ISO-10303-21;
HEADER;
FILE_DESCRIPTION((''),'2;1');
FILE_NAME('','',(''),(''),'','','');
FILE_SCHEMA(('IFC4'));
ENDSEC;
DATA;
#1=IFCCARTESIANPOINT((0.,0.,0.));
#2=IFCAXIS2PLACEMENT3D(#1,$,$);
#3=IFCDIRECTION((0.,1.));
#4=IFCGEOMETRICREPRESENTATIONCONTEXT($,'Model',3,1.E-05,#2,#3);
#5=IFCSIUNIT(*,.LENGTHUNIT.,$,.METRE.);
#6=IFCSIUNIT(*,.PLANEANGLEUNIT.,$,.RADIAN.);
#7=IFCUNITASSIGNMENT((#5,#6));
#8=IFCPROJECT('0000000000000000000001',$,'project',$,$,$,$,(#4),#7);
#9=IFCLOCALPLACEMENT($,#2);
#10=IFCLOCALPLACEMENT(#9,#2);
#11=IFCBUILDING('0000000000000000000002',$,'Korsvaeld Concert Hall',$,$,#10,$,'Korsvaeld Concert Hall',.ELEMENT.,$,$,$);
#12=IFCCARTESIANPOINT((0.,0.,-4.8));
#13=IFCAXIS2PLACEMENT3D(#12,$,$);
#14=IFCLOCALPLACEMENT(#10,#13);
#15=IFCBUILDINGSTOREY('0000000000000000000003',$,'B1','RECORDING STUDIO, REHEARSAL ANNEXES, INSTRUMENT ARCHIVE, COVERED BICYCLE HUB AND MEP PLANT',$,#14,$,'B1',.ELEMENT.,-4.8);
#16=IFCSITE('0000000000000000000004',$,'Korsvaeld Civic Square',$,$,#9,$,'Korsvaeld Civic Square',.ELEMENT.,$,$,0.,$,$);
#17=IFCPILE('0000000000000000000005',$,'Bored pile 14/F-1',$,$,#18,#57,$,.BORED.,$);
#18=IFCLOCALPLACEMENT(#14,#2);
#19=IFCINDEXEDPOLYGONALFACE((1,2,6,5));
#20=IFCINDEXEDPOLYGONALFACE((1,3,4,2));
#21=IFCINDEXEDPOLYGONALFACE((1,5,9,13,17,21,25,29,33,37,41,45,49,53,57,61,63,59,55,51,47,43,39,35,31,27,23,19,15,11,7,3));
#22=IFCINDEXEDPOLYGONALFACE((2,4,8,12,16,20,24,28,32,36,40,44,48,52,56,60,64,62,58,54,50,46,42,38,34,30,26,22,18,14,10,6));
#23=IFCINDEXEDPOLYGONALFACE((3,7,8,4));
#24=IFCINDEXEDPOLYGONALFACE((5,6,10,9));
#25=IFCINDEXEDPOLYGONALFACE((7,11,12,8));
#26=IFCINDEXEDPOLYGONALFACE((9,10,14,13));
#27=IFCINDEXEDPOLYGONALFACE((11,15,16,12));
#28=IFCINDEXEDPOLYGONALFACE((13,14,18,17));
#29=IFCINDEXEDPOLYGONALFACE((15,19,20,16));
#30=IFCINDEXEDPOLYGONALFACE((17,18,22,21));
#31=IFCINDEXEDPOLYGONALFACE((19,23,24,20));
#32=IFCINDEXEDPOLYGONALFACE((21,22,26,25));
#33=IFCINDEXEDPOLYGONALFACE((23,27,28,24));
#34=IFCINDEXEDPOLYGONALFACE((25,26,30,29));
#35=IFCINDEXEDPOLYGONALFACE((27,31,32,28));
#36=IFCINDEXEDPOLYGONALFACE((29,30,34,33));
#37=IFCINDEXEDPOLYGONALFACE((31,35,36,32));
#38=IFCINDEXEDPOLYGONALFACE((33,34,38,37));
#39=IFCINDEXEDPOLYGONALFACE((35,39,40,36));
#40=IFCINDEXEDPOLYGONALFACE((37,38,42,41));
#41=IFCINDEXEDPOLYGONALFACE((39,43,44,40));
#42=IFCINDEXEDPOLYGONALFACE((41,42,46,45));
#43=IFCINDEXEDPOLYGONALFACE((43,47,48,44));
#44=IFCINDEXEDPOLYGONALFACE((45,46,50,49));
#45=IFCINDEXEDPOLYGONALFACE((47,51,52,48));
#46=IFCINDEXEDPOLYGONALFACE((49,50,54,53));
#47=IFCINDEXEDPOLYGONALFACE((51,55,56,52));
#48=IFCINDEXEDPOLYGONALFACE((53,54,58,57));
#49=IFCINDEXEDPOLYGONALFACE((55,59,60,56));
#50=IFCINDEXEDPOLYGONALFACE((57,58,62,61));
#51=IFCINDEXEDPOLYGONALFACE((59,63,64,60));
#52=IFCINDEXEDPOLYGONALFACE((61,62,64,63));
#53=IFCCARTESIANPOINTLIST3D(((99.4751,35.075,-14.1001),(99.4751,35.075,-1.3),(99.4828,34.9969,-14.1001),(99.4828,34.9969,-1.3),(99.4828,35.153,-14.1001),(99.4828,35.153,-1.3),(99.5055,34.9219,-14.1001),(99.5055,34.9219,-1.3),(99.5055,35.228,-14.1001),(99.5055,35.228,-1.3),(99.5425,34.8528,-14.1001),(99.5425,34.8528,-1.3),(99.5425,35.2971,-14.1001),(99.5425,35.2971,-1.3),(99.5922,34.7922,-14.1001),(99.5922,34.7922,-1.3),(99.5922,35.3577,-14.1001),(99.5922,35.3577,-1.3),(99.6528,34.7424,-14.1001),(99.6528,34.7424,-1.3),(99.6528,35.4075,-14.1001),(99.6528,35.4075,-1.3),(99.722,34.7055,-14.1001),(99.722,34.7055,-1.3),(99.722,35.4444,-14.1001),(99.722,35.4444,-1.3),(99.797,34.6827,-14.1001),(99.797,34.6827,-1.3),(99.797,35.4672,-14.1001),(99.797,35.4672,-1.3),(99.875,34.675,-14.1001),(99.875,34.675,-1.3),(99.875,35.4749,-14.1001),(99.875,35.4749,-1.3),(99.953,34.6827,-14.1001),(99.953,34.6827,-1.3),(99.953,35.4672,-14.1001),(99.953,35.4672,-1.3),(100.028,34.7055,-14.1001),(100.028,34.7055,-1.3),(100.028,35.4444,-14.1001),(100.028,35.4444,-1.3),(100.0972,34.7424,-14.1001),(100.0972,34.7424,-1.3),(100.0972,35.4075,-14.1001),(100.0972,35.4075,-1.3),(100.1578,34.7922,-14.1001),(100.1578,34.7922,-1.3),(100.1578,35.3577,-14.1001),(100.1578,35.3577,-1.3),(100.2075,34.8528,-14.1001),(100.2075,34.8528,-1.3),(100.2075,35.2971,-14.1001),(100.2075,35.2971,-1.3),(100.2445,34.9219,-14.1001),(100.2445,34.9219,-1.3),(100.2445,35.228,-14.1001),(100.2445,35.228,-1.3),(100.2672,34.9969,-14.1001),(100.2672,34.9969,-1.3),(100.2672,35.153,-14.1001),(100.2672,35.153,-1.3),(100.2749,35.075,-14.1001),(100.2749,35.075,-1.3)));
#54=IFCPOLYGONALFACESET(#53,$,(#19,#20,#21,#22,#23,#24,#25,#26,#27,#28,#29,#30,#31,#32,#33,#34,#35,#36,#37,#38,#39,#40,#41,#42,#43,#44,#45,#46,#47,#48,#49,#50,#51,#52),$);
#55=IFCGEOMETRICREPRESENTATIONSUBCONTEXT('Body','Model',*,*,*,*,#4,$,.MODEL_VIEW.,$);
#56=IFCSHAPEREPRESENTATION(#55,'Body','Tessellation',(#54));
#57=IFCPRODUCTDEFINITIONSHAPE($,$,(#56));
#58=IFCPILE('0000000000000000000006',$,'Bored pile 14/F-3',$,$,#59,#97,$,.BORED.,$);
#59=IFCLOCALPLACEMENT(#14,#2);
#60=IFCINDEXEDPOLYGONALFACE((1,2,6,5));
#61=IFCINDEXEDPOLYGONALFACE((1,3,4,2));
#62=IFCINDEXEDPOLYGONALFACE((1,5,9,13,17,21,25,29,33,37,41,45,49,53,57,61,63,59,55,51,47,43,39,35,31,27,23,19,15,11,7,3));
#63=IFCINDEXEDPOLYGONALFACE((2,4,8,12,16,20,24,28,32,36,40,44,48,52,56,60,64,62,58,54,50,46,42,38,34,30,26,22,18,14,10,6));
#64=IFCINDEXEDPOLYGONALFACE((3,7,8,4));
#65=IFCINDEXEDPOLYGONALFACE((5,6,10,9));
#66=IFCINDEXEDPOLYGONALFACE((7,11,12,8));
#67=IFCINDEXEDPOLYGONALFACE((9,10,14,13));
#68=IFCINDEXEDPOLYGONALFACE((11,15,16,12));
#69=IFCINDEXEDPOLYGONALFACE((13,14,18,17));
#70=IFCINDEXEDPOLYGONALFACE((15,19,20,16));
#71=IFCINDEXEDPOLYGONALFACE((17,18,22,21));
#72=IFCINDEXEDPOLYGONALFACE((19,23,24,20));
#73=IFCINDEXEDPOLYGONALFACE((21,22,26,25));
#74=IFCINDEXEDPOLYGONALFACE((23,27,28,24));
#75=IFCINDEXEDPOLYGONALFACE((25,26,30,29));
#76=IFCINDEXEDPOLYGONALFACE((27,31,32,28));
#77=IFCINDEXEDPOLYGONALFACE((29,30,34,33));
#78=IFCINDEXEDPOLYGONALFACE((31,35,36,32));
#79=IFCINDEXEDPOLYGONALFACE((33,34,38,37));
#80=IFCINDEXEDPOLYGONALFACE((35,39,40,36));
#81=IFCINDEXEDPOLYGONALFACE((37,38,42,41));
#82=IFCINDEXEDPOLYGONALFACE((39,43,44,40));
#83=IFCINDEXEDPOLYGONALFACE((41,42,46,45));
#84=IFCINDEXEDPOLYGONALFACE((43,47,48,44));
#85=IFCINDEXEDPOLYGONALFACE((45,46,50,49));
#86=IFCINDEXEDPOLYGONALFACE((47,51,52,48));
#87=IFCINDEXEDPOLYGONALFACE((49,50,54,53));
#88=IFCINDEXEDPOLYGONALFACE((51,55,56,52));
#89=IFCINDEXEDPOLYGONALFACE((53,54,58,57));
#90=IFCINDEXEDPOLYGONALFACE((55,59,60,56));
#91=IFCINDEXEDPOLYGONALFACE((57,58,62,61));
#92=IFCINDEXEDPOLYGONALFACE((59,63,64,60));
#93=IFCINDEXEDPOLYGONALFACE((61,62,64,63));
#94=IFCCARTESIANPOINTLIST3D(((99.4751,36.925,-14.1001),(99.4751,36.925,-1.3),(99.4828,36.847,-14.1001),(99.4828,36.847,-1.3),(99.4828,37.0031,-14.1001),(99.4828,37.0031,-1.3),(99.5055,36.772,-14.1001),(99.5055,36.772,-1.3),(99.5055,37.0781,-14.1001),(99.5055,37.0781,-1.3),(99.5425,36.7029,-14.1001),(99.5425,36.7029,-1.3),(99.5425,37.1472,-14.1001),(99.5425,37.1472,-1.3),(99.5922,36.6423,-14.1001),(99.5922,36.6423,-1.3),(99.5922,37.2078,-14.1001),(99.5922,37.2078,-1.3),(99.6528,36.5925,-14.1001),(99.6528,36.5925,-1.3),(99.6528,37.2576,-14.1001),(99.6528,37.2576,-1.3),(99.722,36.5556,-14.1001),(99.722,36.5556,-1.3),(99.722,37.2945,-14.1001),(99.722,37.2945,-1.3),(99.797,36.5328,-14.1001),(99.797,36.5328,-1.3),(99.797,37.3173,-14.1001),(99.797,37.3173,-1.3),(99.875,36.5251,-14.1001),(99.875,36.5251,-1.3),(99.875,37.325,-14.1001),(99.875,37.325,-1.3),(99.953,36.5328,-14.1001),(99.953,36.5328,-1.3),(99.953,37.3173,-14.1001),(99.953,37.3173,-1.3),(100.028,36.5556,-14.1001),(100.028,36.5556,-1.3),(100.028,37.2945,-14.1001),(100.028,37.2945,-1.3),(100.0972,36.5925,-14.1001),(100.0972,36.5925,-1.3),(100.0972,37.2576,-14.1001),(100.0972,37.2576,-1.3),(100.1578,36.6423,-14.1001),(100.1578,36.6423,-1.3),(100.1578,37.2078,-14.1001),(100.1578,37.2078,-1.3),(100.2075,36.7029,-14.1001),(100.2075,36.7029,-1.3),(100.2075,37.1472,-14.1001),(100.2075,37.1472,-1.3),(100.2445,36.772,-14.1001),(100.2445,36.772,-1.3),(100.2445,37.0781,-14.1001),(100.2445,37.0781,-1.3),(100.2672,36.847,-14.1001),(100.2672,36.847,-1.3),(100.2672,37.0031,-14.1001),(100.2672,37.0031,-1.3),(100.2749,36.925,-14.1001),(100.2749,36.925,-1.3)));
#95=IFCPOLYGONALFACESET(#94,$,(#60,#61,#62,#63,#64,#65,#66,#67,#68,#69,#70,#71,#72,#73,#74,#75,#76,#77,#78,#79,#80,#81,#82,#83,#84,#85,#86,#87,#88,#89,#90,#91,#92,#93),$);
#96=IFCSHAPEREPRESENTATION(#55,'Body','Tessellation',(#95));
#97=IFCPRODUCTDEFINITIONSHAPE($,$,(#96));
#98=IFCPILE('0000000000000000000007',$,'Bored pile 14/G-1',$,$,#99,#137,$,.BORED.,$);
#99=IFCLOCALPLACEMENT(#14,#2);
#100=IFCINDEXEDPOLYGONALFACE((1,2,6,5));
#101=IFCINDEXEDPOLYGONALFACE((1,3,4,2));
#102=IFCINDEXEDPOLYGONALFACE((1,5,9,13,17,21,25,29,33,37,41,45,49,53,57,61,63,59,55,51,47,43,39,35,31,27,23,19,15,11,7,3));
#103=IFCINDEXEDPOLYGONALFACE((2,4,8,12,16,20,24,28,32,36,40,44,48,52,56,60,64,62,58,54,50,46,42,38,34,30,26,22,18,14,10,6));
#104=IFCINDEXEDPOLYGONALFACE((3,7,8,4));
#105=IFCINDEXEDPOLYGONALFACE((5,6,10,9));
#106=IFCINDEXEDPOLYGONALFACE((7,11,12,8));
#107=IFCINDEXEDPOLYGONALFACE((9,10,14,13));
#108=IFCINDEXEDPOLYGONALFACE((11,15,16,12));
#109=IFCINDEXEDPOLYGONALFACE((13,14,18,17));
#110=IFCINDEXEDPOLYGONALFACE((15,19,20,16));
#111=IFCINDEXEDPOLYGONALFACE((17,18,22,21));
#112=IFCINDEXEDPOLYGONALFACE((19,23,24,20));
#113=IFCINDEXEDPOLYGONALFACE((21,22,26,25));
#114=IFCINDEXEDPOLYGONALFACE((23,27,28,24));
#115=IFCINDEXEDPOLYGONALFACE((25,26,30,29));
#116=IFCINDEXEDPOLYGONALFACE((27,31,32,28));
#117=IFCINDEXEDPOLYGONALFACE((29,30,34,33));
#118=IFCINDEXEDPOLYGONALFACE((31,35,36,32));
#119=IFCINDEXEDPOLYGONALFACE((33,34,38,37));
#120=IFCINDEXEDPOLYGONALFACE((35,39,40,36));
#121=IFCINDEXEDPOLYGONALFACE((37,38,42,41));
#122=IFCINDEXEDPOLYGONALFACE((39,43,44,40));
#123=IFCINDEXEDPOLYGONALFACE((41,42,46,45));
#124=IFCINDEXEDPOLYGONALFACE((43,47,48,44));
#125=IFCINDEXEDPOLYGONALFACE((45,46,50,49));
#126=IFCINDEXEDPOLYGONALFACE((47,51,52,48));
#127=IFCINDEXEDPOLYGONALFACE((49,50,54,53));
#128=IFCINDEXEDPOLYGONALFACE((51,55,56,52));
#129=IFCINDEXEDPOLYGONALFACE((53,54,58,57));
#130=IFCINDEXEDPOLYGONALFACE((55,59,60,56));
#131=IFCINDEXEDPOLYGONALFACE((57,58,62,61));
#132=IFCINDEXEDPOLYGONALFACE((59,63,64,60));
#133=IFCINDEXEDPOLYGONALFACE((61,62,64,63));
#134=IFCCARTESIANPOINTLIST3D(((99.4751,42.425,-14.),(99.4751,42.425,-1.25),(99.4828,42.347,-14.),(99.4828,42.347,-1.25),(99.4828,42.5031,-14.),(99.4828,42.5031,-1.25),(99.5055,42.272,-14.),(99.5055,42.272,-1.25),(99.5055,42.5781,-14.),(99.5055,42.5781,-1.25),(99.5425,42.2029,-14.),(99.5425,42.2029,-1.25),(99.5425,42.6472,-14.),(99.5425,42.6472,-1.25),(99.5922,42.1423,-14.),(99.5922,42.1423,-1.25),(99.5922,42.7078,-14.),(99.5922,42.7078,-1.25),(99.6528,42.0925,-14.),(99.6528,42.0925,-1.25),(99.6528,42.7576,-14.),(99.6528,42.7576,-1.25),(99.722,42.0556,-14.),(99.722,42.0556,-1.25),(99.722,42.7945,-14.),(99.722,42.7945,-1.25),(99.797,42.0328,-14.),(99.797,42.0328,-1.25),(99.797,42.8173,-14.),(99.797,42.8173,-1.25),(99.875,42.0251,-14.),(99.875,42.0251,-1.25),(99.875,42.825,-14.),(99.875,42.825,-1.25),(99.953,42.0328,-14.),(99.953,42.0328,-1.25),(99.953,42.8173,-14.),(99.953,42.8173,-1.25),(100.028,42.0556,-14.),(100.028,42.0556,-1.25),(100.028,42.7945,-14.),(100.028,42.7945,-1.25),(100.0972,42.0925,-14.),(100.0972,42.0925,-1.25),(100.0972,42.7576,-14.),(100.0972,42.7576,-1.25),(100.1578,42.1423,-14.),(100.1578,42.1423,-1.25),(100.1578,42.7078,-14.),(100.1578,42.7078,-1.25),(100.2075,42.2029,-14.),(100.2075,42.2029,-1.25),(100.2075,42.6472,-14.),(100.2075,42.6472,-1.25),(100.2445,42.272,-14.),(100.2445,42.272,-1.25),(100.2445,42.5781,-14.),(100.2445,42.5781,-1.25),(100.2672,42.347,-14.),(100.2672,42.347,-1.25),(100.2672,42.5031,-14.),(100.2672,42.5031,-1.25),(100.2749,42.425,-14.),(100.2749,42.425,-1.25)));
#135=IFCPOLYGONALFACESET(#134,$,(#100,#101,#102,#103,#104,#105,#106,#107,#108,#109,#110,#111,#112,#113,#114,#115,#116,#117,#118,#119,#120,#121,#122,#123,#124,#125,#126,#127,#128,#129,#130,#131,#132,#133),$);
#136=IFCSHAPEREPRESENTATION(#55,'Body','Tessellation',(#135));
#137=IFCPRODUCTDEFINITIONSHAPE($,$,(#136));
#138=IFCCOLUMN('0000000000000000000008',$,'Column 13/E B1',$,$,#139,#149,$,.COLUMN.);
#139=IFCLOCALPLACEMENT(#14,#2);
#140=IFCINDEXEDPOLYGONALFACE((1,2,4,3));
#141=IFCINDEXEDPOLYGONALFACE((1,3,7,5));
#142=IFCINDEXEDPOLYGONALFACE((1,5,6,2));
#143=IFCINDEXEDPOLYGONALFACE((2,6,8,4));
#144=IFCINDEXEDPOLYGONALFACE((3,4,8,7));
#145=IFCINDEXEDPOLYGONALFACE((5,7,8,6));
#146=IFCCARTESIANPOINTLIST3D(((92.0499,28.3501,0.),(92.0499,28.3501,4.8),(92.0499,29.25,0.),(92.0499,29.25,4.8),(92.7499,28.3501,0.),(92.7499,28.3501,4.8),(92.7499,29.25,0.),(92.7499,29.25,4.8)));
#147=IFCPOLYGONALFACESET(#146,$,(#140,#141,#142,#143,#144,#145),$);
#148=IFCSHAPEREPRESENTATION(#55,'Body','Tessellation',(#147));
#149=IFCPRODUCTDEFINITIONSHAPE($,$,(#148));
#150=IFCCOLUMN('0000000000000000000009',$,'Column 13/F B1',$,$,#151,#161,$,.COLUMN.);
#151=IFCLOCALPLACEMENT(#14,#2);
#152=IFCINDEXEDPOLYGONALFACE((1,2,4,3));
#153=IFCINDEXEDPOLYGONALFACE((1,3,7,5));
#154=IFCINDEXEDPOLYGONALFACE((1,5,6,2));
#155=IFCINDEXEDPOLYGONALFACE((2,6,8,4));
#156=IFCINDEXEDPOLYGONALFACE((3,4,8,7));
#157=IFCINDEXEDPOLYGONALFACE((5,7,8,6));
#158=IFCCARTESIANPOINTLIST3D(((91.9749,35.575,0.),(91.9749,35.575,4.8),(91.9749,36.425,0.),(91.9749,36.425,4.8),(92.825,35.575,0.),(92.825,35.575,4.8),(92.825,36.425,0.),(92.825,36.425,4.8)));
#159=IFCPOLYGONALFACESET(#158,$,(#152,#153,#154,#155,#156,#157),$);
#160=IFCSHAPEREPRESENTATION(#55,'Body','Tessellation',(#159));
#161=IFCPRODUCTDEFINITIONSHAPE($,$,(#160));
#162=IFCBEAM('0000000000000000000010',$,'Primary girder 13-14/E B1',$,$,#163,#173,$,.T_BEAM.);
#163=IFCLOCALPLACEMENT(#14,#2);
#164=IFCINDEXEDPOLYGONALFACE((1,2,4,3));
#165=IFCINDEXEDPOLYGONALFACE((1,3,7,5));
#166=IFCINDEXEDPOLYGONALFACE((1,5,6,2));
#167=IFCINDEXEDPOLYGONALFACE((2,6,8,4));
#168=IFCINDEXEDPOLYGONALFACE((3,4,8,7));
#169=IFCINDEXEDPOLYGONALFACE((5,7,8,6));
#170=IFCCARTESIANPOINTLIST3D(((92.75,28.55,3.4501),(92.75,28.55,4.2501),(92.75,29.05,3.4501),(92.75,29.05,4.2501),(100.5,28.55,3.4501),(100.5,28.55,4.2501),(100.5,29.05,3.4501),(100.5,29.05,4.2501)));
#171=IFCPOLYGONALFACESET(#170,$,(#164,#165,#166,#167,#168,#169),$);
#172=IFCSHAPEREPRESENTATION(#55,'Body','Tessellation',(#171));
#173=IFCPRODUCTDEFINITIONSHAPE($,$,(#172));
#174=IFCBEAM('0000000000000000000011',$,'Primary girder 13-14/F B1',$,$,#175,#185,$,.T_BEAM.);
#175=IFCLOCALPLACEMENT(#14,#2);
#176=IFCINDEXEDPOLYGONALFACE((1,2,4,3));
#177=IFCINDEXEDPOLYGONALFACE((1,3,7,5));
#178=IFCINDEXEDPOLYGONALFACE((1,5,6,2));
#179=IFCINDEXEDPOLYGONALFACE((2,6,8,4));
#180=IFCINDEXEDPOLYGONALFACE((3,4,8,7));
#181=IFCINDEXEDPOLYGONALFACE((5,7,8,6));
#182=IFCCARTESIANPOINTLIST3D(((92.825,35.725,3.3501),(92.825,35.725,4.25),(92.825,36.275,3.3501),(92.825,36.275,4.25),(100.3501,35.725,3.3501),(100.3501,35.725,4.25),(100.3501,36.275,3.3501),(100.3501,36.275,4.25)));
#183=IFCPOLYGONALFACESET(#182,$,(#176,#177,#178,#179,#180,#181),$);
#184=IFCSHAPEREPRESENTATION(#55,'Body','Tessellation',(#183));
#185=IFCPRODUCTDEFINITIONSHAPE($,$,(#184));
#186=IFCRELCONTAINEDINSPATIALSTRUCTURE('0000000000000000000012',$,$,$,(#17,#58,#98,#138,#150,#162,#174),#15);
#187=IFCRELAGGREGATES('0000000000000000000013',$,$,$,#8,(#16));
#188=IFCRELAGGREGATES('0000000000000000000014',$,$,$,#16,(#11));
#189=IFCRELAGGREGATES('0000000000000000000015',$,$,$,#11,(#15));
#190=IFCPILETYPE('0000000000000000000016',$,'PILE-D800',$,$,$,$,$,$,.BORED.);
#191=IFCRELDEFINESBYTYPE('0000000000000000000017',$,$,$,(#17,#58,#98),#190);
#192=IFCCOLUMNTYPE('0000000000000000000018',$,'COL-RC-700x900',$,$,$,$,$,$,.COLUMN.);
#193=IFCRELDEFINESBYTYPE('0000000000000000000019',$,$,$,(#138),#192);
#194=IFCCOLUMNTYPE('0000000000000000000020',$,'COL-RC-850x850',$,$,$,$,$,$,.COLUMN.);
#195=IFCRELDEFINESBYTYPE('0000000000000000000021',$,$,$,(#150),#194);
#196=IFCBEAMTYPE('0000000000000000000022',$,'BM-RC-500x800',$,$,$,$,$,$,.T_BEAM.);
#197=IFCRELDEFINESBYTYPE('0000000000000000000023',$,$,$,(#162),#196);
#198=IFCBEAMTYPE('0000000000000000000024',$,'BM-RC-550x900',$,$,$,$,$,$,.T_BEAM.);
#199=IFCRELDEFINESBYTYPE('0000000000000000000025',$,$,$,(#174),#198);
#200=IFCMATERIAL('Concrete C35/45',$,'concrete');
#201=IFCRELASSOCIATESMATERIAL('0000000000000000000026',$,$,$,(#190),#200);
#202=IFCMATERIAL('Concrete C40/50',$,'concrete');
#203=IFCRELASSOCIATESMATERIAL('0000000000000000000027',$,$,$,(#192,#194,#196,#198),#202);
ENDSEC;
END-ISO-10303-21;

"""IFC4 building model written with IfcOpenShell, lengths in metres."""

from ifc_helpers import new_model, si_unit, direction, frame, origin, origin_2d, place, context, subcontext, project, spatial, rectangle, circle, extrude, material, material_profile, profile_set, type_object, element, save


model = new_model("IFC4")

# Units and contexts
model_context = context("Model", 3, precision=1e-05, world=origin(), true_north=direction((0.0, 1.0)))
body_context = subcontext(model_context, "Body", "Model", "MODEL_VIEW")
ifc_project = project(units=[si_unit("LENGTHUNIT", "METRE"), si_unit("PLANEANGLEUNIT", "RADIAN")], contexts=[model_context])

# Site, building, storey
site_placement = place(None, origin())
site = spatial("IfcSite", under=ifc_project, at=site_placement, Name="Korsvaeld Civic Square", LongName="Korsvaeld Civic Square", CompositionType="ELEMENT", RefElevation=0.0)
building_placement = place(site_placement, origin())
building = spatial("IfcBuilding", under=site, at=building_placement, Name="Korsvaeld Concert Hall", LongName="Korsvaeld Concert Hall", CompositionType="ELEMENT")
storey_placement = place(building_placement, frame((0.0, 0.0, -4.8)))
storey = spatial("IfcBuildingStorey", under=building, at=storey_placement, Name="B1", Description="RECORDING STUDIO, REHEARSAL ANNEXES, INSTRUMENT ARCHIVE, COVERED BICYCLE HUB AND MEP PLANT", LongName="B1", CompositionType="ELEMENT", Elevation=-4.8)

# Shared definitions
ifc_material_1 = material(Name="Concrete C35/45", Category="concrete")

# Piles
ifc_material_profile_1 = material_profile(ifc_material_1, circle(Radius=0.3999, at=origin_2d()), Name="BORED PILE D800")
ifc_profile_set_1 = profile_set([ifc_material_profile_1], Name="Concrete C35/45")
pile_type_1 = type_object("IfcPileType", Name="PILE-D800", PredefinedType="BORED", material=ifc_profile_set_1)
for number, where, z_axis, x_axis, name in (
    (1, (99.875, 35.075, -1.3), (0.0, 0.0, -1.0), (1.0, 0.0, 0.0), "Bored pile 14/F-1"),
    (2, (99.875, 36.925, -1.3), (0.0, 0.0, -1.0), (1.0, 0.0, 0.0), "Bored pile 14/F-3"),
):
    element("IfcPile", number, at=place(storey_placement, frame(where, z_axis=z_axis, x_axis=x_axis)), inside=storey, type_object=pile_type_1, Name=name, PredefinedType="BORED", context=body_context, shape_type="SweptSolid", body=[
        extrude(circle(Radius=0.3999, at=origin_2d()), origin(), (0.0, 0.0, 1.0), 12.8),
    ])
pile_placement = place(storey_placement, frame((99.875, 42.425, -1.25), z_axis=(0.0, 0.0, -1.0), x_axis=(1.0, 0.0, 0.0)))
element("IfcPile", 3, at=pile_placement, inside=storey, type_object=pile_type_1, Name="Bored pile 14/G-1", PredefinedType="BORED", context=body_context, shape_type="SweptSolid", body=[
    extrude(circle(Radius=0.3999, at=origin_2d()), origin(), (0.0, 0.0, 1.0), 12.75),
])

# Columns
ifc_material_2 = material(Name="Concrete C40/50", Category="concrete")
ifc_material_profile_2 = material_profile(ifc_material_2, rectangle(XDim=0.7, YDim=0.8999, at=origin_2d()), Name="RC 700x900")
ifc_profile_set_2 = profile_set([ifc_material_profile_2], Name="Concrete C40/50")
column_type_1 = type_object("IfcColumnType", Name="COL-RC-700x900", PredefinedType="COLUMN", material=ifc_profile_set_2)
column_1_placement = place(storey_placement, frame((92.3999, 28.8, 0.0), z_axis=(0.0, 0.0, 1.0), x_axis=(1.0, 0.0, 0.0)))
element("IfcColumn", 4, at=column_1_placement, inside=storey, type_object=column_type_1, Name="Column 13/E B1", PredefinedType="COLUMN", context=body_context, shape_type="SweptSolid", body=[
    extrude(rectangle(XDim=0.7, YDim=0.8999, at=origin_2d()), origin(), (0.0, 0.0, 1.0), 4.8),
])
ifc_material_profile_3 = material_profile(ifc_material_2, rectangle(XDim=0.8501, YDim=0.8501, at=origin_2d()), Name="RC 850x850")
ifc_profile_set_3 = profile_set([ifc_material_profile_3], Name="Concrete C40/50")
column_type_2 = type_object("IfcColumnType", Name="COL-RC-850x850", PredefinedType="COLUMN", material=ifc_profile_set_3)
column_2_placement = place(storey_placement, frame((92.3999, 36.0, 0.0), z_axis=(0.0, 0.0, 1.0), x_axis=(1.0, 0.0, 0.0)))
element("IfcColumn", 5, at=column_2_placement, inside=storey, type_object=column_type_2, Name="Column 13/F B1", PredefinedType="COLUMN", context=body_context, shape_type="SweptSolid", body=[
    extrude(rectangle(XDim=0.8501, YDim=0.8501, at=origin_2d()), origin(), (0.0, 0.0, 1.0), 4.8),
])

# Beams
ifc_material_profile_4 = material_profile(ifc_material_2, rectangle(XDim=0.5, YDim=0.8, at=origin_2d()), Name="RC 500x800")
ifc_profile_set_4 = profile_set([ifc_material_profile_4], Name="Concrete C40/50")
beam_type_1 = type_object("IfcBeamType", Name="BM-RC-500x800", PredefinedType="T_BEAM", material=ifc_profile_set_4)
beam_1_placement = place(storey_placement, frame((92.75, 28.8, 3.8501), z_axis=(1.0, 0.0, 0.0), x_axis=(0.0, 1.0, 0.0)))
element("IfcBeam", 6, at=beam_1_placement, inside=storey, type_object=beam_type_1, Name="Primary girder 13-14/E B1", PredefinedType="T_BEAM", context=body_context, shape_type="SweptSolid", body=[
    extrude(rectangle(XDim=0.5, YDim=0.8, at=origin_2d()), origin(), (0.0, 0.0, 1.0), 7.75),
])
ifc_material_profile_5 = material_profile(ifc_material_2, rectangle(XDim=0.55, YDim=0.8999, at=origin_2d()), Name="RC 550x900")
ifc_profile_set_5 = profile_set([ifc_material_profile_5], Name="Concrete C40/50")
beam_type_2 = type_object("IfcBeamType", Name="BM-RC-550x900", PredefinedType="T_BEAM", material=ifc_profile_set_5)
beam_2_placement = place(storey_placement, frame((92.825, 36.0, 3.8), z_axis=(1.0, 0.0, 0.0), x_axis=(0.0, 1.0, 0.0)))
element("IfcBeam", 7, at=beam_2_placement, inside=storey, type_object=beam_type_2, Name="Primary girder 13-14/F B1", PredefinedType="T_BEAM", context=body_context, shape_type="SweptSolid", body=[
    extrude(rectangle(XDim=0.55, YDim=0.8999, at=origin_2d()), origin(), (0.0, 0.0, 1.0), 7.5251),
])

save(model, "model.ifc")
